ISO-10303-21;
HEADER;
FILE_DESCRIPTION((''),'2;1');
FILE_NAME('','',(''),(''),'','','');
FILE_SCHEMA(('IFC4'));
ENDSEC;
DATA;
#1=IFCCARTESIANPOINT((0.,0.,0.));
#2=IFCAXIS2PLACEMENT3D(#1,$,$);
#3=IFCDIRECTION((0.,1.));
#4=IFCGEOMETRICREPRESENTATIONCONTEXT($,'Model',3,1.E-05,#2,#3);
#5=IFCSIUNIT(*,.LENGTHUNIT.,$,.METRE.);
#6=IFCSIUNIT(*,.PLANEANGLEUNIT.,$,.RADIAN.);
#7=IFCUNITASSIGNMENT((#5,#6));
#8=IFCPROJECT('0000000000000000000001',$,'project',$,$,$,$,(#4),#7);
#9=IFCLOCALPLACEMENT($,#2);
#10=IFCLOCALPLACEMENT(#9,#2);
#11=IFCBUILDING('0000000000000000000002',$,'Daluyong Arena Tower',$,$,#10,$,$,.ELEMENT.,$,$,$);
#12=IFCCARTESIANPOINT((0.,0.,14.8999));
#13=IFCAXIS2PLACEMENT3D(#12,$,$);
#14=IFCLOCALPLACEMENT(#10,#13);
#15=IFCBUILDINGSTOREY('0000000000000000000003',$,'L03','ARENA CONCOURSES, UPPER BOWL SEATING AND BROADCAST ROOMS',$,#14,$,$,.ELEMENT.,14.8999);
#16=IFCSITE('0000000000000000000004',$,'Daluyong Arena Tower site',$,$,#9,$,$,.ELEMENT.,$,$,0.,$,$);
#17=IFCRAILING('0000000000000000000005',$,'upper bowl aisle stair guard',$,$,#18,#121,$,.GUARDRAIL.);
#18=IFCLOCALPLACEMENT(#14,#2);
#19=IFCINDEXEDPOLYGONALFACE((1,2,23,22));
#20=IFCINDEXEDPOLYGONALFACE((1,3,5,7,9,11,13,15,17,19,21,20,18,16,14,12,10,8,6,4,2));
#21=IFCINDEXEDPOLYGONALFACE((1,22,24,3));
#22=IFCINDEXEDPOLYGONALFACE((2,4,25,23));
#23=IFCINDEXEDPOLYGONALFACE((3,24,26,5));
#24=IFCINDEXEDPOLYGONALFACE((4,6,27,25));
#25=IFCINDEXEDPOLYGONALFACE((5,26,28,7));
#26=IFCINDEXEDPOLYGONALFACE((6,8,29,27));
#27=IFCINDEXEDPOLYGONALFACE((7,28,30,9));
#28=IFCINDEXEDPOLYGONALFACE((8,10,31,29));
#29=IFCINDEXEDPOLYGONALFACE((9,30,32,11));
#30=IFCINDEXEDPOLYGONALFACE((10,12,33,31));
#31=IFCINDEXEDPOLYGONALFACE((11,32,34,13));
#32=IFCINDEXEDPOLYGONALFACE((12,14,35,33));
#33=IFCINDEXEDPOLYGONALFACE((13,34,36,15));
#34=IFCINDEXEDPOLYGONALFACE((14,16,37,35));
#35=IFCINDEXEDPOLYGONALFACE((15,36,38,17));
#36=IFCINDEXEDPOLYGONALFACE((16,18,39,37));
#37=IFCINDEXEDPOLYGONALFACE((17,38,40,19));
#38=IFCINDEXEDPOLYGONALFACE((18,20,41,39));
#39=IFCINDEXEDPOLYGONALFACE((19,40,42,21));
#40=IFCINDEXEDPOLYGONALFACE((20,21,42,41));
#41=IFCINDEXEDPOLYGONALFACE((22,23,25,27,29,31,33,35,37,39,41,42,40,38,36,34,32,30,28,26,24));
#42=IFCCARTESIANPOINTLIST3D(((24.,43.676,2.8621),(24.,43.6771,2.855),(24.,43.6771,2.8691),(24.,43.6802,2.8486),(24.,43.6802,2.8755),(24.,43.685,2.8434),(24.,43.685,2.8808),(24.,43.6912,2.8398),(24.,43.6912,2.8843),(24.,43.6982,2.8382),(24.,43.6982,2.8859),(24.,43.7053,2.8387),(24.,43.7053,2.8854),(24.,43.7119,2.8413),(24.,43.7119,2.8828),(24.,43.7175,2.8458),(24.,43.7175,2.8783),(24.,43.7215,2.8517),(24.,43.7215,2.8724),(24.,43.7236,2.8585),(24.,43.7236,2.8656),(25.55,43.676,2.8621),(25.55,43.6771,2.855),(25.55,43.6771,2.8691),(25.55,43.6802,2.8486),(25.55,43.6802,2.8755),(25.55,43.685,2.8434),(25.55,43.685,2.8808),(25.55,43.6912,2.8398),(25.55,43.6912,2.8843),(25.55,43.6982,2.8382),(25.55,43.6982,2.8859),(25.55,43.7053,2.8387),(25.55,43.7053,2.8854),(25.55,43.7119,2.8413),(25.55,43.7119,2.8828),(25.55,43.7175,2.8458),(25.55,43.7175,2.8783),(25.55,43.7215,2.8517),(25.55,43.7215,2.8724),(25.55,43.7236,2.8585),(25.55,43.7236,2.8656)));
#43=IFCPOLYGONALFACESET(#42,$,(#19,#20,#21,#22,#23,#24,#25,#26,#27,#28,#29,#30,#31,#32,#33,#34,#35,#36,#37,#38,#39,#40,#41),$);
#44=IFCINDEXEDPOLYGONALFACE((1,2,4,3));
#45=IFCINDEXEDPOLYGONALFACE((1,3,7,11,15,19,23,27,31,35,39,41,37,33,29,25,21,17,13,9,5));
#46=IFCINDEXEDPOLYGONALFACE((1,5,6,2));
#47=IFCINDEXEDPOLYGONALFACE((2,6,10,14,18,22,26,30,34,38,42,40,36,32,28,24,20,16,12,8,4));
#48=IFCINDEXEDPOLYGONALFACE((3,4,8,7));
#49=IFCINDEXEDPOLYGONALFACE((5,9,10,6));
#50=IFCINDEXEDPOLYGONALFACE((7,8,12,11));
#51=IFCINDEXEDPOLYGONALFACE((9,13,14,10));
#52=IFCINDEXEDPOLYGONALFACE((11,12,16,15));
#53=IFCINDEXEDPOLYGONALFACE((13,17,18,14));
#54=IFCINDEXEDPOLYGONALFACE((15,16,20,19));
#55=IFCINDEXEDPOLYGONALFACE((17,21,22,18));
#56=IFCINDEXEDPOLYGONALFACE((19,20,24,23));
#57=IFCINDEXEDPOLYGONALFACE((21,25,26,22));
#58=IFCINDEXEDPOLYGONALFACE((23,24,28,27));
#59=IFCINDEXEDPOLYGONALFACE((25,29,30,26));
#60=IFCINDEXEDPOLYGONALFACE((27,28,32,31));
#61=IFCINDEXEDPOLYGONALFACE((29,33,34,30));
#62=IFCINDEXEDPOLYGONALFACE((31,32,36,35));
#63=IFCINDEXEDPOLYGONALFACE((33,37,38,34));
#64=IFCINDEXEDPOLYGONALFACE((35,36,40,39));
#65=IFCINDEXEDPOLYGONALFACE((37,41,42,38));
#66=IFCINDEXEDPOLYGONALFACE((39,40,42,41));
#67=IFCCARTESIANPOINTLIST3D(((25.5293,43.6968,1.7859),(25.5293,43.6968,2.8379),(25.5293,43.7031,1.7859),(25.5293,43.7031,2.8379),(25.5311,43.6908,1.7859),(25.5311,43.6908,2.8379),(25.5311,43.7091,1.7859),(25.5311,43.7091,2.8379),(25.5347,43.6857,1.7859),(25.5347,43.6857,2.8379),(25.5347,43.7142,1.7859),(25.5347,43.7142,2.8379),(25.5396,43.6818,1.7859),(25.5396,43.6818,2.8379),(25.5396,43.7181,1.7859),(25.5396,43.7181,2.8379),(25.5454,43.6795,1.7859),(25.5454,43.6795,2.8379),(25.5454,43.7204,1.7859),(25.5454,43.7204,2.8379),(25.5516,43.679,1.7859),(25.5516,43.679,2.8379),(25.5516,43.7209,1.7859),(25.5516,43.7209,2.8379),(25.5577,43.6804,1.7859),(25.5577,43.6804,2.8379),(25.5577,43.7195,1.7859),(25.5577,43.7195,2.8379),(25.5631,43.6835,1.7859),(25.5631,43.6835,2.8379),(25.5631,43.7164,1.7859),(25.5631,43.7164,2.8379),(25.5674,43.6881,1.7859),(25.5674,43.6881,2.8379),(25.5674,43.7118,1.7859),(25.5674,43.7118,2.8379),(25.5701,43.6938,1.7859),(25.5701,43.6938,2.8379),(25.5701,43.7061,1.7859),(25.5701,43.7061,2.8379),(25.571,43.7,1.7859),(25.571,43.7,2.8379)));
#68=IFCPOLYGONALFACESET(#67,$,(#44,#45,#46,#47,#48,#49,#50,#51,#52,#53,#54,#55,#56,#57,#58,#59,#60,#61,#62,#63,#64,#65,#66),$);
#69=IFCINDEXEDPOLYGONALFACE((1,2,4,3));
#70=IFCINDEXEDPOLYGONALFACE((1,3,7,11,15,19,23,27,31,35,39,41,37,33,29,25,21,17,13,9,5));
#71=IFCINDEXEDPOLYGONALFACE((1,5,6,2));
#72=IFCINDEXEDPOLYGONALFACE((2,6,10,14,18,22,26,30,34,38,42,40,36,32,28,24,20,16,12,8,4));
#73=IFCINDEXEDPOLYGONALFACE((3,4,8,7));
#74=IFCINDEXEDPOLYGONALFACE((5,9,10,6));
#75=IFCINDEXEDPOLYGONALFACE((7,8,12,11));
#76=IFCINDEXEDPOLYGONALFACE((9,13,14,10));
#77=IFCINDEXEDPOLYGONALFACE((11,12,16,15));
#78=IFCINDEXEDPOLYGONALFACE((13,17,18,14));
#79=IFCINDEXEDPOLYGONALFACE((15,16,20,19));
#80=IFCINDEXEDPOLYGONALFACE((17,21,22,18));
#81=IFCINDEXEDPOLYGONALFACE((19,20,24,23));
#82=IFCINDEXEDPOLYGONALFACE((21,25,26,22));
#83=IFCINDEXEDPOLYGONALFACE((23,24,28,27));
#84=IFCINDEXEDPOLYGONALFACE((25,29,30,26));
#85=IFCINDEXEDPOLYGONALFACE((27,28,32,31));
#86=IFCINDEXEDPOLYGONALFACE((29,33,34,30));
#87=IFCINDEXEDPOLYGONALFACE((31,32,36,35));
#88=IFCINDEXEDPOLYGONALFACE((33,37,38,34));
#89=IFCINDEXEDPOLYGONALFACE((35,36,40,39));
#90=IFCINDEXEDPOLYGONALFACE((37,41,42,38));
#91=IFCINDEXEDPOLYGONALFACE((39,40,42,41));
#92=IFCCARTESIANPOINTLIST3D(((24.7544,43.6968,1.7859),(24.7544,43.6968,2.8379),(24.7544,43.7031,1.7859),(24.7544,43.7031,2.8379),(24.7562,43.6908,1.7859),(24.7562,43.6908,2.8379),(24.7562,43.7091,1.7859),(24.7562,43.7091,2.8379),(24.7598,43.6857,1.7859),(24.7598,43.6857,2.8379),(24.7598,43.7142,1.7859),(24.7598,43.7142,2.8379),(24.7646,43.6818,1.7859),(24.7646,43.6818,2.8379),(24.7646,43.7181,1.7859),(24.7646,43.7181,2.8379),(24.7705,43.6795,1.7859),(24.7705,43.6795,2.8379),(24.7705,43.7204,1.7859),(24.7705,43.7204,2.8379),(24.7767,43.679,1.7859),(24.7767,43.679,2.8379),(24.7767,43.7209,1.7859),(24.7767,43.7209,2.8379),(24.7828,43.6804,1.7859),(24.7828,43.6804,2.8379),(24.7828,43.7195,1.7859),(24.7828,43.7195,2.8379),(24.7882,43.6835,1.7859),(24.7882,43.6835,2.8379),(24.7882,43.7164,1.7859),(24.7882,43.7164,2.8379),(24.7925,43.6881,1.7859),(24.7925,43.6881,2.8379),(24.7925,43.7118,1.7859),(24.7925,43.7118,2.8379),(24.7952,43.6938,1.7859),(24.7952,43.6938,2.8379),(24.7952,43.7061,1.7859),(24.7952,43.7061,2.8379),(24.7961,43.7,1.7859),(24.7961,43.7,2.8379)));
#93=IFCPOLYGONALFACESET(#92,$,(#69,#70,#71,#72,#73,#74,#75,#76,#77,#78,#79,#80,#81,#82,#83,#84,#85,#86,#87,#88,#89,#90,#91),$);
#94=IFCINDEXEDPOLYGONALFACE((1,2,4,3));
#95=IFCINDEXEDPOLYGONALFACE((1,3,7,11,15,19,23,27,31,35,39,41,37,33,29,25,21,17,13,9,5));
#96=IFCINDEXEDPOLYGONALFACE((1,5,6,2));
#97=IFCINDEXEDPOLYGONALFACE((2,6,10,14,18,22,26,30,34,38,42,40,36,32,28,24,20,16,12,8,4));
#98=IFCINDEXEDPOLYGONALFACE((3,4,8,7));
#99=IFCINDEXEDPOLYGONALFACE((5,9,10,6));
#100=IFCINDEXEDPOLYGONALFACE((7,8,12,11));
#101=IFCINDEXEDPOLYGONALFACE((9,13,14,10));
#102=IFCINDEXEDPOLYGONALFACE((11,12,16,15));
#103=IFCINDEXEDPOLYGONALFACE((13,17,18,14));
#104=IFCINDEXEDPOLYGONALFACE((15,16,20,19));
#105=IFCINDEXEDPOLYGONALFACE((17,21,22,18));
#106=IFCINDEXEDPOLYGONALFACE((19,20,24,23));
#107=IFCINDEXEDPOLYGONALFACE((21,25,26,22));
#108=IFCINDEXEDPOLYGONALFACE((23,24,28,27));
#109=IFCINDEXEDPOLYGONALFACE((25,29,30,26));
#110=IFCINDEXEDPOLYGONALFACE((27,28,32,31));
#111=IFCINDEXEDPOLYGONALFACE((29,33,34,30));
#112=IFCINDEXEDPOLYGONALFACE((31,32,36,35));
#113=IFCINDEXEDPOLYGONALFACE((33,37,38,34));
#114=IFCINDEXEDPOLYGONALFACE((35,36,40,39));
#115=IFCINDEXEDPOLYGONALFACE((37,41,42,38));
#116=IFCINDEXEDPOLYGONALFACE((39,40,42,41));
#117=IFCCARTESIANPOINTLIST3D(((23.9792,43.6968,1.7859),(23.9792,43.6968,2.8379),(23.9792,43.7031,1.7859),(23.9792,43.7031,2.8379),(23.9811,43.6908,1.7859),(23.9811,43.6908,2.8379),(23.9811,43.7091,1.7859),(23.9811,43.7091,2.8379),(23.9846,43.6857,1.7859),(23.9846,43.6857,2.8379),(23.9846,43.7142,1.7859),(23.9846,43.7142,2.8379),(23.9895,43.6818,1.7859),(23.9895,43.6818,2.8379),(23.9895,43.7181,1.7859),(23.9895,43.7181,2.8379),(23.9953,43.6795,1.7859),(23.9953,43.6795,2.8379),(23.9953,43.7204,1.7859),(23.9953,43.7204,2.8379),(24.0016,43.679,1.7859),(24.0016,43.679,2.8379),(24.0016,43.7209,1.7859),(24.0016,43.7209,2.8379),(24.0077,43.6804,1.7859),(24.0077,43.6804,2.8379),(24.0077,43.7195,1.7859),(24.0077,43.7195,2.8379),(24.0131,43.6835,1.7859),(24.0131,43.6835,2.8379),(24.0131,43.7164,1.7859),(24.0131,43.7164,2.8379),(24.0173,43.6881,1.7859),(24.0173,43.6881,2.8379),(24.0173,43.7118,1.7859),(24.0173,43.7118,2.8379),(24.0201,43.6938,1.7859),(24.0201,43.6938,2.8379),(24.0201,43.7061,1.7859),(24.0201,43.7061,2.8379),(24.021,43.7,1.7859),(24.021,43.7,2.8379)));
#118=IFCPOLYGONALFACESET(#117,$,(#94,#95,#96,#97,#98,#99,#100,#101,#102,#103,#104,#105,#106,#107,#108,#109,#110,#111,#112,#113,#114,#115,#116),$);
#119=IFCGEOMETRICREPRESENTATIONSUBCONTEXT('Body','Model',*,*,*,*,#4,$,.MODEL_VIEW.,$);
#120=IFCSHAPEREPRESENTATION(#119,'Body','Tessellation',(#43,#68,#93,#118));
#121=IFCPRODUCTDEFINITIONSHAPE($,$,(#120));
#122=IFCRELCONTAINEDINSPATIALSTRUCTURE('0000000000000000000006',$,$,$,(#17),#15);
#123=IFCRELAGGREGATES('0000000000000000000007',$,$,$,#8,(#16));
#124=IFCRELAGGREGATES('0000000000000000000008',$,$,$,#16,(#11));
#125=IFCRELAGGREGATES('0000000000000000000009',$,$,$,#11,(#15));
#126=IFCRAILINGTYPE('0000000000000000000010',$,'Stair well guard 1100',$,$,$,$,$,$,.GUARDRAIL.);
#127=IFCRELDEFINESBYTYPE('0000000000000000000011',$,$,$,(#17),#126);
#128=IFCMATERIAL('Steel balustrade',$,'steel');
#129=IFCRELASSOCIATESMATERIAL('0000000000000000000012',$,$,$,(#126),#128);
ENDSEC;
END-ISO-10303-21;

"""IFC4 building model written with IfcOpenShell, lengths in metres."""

from ifc_helpers import new_model, si_unit, direction, frame, origin, origin_2d, place, context, subcontext, project, spatial, circle, extrude, material, type_object, element, save


model = new_model("IFC4")

# Units and contexts
model_context = context("Model", 3, precision=1e-05, world=origin(), true_north=direction((0.0, 1.0)))
body_context = subcontext(model_context, "Body", "Model", "MODEL_VIEW")
ifc_project = project(units=[si_unit("LENGTHUNIT", "METRE"), si_unit("PLANEANGLEUNIT", "RADIAN")], contexts=[model_context])

# Site, building, storey
site_placement = place(None, origin())
site = spatial("IfcSite", under=ifc_project, at=site_placement, Name="Daluyong Arena Tower site", CompositionType="ELEMENT", RefElevation=0.0)
building_placement = place(site_placement, origin())
building = spatial("IfcBuilding", under=site, at=building_placement, Name="Daluyong Arena Tower", CompositionType="ELEMENT")
storey_placement = place(building_placement, frame((0.0, 0.0, 14.8999)))
storey = spatial("IfcBuildingStorey", under=building, at=storey_placement, Name="L03", Description="ARENA CONCOURSES, UPPER BOWL SEATING AND BROADCAST ROOMS", CompositionType="ELEMENT", Elevation=14.8999)

# Railing
ifc_material_1 = material(Name="Steel balustrade", Category="steel")
railing_type_1 = type_object("IfcRailingType", Name="Stair well guard 1100", PredefinedType="GUARDRAIL", material=ifc_material_1)
railing_1_placement = place(storey_placement, frame((25.55, 43.7, 1.7859)))
element("IfcRailing", 1, at=railing_1_placement, inside=storey, type_object=railing_type_1, Name="upper bowl aisle stair guard", PredefinedType="GUARDRAIL", context=body_context, shape_type="SweptSolid", body=[
    extrude(circle(Radius=0.0239, at=origin_2d()), frame((0.0, 0.0, 1.0762), z_axis=(-1.0, 0.0, 0.0), x_axis=(0.0, -1.0, 0.0)), (0.0, 0.0, 1.0), 1.55),
    extrude(circle(Radius=0.021, at=origin_2d()), origin(), (0.0, 0.0, 1.0), 1.052),
    extrude(circle(Radius=0.021, at=origin_2d()), frame((-0.7749, 0.0, 0.0)), (0.0, 0.0, 1.0), 1.052),
    extrude(circle(Radius=0.021, at=origin_2d()), frame((-1.55, 0.0, 0.0)), (0.0, 0.0, 1.0), 1.052),
])

save(model, "model.ifc")
